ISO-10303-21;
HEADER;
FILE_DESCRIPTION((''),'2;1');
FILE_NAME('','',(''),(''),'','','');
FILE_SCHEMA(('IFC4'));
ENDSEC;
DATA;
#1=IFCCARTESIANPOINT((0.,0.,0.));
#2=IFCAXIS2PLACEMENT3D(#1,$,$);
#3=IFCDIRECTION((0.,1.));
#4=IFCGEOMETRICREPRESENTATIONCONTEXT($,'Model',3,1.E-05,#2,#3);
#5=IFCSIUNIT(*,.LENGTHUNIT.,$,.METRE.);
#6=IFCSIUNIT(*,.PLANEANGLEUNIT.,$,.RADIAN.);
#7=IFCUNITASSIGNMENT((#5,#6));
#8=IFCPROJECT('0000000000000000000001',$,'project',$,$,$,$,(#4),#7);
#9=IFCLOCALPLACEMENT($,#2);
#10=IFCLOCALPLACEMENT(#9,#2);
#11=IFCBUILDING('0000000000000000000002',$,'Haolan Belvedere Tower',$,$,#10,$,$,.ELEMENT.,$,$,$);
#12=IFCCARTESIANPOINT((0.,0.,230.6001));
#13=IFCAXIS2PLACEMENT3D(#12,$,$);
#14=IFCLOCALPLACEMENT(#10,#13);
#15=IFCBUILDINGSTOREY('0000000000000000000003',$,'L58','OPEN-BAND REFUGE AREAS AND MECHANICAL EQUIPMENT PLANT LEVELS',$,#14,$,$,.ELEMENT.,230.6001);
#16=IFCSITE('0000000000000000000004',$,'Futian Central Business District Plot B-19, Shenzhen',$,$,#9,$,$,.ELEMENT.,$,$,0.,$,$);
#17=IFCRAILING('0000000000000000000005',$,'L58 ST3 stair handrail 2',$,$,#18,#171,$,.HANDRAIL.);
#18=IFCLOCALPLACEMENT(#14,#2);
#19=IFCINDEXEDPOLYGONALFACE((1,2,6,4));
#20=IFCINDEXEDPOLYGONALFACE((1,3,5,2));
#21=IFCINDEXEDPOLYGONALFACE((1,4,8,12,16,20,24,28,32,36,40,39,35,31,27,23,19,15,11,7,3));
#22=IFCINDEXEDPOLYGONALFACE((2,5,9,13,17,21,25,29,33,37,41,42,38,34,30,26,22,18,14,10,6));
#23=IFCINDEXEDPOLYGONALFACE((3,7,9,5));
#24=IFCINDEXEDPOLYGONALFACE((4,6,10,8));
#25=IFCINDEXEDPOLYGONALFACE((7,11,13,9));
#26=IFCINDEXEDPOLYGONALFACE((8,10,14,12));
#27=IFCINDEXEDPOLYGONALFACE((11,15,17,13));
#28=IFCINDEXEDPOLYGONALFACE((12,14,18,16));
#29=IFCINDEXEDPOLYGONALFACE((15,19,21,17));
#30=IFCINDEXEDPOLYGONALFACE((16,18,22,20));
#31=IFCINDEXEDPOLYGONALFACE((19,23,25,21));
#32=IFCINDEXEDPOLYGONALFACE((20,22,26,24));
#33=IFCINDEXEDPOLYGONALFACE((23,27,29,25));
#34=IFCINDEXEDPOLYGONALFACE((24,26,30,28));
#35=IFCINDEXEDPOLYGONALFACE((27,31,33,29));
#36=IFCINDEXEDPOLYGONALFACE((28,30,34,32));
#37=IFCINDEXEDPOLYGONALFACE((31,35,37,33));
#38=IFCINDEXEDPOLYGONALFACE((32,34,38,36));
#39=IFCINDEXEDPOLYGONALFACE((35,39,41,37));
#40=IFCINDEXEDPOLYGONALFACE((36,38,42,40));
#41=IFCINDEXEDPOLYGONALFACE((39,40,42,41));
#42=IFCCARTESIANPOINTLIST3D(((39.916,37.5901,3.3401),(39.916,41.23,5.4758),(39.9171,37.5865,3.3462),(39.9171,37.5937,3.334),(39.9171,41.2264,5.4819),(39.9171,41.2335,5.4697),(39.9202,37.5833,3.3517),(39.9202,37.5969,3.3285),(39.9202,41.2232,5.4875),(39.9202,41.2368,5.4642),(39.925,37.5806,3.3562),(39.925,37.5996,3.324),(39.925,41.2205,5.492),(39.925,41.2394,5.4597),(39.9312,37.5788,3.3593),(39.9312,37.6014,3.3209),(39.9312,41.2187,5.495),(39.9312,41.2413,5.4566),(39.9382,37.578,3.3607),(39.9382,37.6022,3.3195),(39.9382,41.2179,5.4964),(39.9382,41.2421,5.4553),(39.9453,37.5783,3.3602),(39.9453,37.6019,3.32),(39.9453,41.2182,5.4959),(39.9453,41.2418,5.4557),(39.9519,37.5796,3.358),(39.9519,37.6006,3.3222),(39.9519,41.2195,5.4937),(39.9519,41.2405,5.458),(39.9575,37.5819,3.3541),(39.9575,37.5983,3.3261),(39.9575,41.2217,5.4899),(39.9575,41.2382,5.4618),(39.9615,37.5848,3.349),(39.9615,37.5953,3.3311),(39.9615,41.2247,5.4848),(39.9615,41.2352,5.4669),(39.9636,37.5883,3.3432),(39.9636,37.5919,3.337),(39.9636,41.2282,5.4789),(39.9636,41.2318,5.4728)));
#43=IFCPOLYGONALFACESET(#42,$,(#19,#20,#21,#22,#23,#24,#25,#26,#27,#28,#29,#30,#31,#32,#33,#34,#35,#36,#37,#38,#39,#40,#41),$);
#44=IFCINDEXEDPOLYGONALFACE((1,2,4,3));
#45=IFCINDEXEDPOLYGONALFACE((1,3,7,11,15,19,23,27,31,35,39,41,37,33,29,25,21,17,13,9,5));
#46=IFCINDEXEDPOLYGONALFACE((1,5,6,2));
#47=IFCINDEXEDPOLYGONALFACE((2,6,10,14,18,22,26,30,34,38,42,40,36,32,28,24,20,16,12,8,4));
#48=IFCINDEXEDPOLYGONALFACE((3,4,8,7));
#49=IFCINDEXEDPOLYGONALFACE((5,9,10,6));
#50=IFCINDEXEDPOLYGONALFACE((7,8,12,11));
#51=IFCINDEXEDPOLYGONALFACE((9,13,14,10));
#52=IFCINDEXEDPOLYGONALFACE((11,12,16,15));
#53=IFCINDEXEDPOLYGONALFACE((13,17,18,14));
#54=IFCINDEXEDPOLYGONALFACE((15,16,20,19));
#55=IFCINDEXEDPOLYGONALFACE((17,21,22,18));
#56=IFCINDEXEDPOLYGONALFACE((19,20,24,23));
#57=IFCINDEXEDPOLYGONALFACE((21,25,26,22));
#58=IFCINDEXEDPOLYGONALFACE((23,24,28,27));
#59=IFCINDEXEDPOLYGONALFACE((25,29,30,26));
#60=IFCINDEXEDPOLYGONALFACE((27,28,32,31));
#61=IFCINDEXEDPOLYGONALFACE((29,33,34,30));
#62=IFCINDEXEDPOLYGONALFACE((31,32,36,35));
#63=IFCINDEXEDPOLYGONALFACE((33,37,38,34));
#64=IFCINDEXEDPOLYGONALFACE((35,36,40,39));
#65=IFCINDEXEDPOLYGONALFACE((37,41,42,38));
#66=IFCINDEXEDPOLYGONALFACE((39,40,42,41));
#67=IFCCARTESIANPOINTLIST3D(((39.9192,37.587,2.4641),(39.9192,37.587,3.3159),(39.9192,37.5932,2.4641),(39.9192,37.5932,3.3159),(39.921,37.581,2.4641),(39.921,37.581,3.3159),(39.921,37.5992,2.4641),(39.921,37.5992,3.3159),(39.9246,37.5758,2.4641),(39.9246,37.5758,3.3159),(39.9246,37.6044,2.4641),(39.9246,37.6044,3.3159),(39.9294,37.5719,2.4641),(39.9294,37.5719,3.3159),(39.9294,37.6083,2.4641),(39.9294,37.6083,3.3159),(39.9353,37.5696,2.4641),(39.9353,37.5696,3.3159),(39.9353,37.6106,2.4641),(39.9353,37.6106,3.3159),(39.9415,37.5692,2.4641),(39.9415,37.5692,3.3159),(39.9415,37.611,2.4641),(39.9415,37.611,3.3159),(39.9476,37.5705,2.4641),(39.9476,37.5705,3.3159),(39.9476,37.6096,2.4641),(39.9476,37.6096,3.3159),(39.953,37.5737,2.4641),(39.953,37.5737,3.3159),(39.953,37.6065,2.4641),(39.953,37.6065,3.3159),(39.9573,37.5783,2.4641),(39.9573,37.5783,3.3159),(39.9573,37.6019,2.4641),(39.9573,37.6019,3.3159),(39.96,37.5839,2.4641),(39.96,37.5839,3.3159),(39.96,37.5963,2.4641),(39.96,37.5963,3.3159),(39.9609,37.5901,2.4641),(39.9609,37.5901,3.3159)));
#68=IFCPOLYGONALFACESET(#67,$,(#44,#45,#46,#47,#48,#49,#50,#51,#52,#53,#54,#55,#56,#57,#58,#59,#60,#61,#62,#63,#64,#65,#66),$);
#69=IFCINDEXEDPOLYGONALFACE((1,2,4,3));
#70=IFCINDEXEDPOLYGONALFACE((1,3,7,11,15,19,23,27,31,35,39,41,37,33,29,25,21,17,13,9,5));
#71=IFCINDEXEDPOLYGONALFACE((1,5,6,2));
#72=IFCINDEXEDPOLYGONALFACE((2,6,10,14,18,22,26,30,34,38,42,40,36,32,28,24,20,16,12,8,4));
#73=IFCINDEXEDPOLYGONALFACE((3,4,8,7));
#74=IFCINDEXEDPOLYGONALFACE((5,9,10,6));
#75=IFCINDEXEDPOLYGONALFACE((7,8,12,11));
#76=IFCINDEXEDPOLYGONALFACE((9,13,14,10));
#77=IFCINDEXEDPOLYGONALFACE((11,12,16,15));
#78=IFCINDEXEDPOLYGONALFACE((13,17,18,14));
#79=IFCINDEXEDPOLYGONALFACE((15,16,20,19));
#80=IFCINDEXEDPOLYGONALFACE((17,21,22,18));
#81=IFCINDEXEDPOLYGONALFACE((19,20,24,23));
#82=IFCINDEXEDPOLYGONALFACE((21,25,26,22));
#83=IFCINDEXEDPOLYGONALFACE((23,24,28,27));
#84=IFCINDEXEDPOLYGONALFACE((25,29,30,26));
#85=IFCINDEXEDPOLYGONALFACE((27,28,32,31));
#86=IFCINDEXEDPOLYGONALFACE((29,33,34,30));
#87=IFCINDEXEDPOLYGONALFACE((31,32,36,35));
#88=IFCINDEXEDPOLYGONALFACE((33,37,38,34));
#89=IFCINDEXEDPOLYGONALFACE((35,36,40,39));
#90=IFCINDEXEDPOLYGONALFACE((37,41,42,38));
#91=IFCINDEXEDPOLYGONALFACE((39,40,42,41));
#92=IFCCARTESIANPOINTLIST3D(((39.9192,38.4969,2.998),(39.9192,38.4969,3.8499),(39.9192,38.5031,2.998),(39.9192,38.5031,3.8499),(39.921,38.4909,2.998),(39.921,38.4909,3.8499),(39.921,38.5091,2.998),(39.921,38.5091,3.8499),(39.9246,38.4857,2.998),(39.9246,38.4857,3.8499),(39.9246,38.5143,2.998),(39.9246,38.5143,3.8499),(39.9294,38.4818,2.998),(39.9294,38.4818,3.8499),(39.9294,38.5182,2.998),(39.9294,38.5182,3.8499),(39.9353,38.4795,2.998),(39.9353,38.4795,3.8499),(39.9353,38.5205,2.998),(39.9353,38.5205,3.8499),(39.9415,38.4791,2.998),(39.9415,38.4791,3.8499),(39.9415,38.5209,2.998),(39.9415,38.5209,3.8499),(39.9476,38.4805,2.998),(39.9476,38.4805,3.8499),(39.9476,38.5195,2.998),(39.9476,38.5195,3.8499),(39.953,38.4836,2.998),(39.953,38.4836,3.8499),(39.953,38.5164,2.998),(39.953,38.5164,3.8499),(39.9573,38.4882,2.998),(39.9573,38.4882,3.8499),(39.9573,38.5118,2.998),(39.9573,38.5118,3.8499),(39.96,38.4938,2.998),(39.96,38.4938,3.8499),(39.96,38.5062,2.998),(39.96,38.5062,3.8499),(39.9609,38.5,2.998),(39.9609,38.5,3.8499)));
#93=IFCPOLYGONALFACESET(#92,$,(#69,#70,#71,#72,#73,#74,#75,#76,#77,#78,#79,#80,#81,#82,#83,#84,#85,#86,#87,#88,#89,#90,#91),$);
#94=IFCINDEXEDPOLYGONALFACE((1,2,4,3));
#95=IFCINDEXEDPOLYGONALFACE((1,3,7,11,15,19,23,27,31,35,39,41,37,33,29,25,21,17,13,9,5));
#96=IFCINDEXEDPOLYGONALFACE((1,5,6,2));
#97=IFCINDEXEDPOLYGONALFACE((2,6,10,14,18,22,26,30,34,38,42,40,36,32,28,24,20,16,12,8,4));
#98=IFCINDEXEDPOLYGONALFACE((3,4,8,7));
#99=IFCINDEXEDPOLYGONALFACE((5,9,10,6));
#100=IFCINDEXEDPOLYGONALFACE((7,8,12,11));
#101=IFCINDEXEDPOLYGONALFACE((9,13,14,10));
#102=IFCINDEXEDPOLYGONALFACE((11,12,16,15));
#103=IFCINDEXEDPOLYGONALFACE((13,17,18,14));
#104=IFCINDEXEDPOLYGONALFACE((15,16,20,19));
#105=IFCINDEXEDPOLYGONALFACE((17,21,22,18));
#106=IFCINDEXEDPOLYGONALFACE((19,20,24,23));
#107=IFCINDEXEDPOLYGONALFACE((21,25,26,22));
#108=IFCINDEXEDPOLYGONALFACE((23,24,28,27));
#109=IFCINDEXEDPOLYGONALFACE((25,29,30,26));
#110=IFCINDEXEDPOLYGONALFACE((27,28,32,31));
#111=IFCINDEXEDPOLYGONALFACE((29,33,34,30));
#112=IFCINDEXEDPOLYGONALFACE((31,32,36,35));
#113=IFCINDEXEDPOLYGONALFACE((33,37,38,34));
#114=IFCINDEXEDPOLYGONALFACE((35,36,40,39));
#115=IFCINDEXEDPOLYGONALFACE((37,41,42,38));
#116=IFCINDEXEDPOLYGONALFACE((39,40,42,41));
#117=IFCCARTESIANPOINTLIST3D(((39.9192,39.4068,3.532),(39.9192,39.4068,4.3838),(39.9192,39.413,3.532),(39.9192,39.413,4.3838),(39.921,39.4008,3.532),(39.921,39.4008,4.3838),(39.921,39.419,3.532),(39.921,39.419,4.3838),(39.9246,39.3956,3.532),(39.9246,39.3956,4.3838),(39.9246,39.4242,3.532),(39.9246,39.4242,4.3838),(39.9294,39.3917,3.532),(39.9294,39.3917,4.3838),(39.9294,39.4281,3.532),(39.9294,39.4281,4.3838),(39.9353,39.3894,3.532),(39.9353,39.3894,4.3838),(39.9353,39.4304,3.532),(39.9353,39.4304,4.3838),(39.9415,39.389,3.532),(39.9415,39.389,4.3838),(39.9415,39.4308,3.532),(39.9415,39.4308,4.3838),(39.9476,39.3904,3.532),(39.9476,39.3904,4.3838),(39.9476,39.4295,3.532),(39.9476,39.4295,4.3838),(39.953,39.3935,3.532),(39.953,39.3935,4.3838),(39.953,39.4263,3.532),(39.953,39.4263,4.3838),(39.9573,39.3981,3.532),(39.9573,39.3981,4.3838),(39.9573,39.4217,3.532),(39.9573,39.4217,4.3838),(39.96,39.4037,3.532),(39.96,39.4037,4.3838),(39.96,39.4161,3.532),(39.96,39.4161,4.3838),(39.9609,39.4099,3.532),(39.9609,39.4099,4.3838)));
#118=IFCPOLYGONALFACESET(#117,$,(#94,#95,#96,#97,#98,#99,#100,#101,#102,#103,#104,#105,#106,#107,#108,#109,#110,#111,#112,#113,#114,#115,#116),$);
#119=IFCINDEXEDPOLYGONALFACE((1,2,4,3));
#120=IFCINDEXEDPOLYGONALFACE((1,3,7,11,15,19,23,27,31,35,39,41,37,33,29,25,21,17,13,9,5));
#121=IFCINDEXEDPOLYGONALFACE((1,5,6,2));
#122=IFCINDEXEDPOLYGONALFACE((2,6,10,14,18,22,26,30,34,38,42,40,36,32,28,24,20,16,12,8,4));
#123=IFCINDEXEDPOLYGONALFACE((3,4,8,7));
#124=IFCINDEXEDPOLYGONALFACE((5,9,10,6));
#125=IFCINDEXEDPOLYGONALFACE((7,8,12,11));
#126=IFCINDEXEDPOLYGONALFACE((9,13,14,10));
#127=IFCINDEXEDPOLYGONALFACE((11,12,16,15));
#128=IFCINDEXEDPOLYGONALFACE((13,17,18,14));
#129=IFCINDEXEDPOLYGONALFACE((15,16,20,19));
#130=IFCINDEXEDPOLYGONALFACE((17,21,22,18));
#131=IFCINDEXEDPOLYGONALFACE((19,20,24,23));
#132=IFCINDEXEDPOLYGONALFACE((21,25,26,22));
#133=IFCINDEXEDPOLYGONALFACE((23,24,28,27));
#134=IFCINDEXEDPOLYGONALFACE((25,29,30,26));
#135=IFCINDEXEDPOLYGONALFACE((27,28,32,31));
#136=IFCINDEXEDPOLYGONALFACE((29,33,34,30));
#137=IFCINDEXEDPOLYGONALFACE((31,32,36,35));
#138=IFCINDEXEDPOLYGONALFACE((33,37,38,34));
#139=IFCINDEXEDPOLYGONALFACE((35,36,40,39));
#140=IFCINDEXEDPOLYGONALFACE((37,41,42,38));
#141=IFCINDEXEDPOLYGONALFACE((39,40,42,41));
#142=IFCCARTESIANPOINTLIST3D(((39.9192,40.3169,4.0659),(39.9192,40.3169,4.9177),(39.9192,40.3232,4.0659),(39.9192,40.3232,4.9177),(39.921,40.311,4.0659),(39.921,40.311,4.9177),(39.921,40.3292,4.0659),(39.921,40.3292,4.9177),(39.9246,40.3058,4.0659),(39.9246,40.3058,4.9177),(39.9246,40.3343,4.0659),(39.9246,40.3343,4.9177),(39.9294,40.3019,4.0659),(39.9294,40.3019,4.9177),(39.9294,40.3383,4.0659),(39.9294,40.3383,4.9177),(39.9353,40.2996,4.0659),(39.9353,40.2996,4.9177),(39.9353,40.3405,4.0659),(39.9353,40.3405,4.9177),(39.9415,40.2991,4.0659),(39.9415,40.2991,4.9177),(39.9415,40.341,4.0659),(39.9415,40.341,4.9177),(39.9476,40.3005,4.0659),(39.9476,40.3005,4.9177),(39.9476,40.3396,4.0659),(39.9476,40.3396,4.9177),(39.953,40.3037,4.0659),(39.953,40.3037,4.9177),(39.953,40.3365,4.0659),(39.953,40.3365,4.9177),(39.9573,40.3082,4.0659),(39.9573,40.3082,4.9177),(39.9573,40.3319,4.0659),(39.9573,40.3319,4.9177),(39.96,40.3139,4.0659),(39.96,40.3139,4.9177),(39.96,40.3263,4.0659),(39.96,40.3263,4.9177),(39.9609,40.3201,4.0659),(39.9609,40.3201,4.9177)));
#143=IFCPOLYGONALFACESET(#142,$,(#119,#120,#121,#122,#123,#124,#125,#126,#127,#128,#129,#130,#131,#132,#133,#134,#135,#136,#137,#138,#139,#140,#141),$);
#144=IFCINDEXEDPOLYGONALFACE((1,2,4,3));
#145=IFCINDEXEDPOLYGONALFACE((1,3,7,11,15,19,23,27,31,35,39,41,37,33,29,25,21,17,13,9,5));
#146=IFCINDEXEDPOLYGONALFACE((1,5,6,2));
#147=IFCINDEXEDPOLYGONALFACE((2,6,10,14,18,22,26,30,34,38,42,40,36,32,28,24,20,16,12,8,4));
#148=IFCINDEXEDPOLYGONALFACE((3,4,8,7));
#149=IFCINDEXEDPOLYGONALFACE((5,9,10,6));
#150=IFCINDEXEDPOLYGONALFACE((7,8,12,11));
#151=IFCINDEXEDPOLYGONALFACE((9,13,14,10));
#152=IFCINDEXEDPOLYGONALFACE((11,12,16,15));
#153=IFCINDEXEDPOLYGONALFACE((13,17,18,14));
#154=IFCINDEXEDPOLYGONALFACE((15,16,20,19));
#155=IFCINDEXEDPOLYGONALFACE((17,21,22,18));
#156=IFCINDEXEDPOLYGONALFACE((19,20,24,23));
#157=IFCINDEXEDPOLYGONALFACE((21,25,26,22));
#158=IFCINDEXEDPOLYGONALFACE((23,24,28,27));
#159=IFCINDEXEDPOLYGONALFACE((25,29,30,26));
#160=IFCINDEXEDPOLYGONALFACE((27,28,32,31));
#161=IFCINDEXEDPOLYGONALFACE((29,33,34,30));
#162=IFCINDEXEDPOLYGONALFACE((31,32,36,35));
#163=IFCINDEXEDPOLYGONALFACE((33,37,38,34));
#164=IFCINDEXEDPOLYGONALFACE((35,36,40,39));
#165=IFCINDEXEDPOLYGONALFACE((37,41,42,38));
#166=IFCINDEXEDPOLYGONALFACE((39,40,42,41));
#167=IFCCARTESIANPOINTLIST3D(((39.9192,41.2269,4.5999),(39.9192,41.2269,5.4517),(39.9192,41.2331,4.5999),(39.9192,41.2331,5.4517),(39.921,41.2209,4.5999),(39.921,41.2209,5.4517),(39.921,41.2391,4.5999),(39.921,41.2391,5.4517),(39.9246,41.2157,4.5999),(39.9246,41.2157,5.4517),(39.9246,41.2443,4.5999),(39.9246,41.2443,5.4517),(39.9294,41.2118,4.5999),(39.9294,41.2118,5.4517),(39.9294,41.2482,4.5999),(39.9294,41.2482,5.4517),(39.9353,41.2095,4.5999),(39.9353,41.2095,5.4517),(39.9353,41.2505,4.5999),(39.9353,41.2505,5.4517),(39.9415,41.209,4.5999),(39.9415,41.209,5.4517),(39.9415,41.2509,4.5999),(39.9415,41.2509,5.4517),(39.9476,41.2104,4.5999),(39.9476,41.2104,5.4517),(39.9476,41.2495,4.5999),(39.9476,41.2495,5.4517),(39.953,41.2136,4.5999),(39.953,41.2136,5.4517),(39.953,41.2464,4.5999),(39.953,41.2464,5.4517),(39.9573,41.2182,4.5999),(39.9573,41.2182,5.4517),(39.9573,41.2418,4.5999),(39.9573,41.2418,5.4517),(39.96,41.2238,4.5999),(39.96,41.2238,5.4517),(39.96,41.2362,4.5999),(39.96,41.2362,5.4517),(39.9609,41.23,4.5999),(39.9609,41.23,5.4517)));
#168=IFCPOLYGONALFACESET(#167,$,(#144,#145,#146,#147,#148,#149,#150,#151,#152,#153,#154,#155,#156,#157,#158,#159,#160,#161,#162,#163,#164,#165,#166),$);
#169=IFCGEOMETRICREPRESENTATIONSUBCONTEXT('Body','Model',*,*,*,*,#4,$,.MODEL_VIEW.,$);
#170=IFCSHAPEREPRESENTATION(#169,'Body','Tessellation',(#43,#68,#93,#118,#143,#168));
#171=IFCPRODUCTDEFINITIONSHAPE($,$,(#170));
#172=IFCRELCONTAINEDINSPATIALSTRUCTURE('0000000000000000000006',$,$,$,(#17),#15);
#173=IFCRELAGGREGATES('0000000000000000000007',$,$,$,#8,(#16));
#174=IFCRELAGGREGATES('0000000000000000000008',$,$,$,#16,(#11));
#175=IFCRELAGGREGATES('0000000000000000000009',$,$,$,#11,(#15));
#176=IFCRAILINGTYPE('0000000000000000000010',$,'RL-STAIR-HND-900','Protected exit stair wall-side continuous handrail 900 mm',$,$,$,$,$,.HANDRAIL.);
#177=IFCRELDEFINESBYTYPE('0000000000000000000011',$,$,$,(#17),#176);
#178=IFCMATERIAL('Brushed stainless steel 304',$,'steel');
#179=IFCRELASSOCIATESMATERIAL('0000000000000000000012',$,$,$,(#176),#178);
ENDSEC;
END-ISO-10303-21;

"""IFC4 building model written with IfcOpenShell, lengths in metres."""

from ifc_helpers import new_model, si_unit, direction, frame, origin, origin_2d, place, context, subcontext, project, spatial, circle, extrude, material, type_object, element, save


model = new_model("IFC4")

# Units and contexts
model_context = context("Model", 3, precision=1e-05, world=origin(), true_north=direction((0.0, 1.0)))
body_context = subcontext(model_context, "Body", "Model", "MODEL_VIEW")
ifc_project = project(units=[si_unit("LENGTHUNIT", "METRE"), si_unit("PLANEANGLEUNIT", "RADIAN")], contexts=[model_context])

# Site, building, storey
site_placement = place(None, origin())
site = spatial("IfcSite", under=ifc_project, at=site_placement, Name="Futian Central Business District Plot B-19, Shenzhen", CompositionType="ELEMENT", RefElevation=0.0)
building_placement = place(site_placement, origin())
building = spatial("IfcBuilding", under=site, at=building_placement, Name="Haolan Belvedere Tower", CompositionType="ELEMENT")
storey_placement = place(building_placement, frame((0.0, 0.0, 230.6001)))
storey = spatial("IfcBuildingStorey", under=building, at=storey_placement, Name="L58", Description="OPEN-BAND REFUGE AREAS AND MECHANICAL EQUIPMENT PLANT LEVELS", CompositionType="ELEMENT", Elevation=230.6001)

# Railing
ifc_material_1 = material(Name="Brushed stainless steel 304", Category="steel")
railing_type_1 = type_object("IfcRailingType", Name="RL-STAIR-HND-900", Description="Protected exit stair wall-side continuous handrail 900 mm", PredefinedType="HANDRAIL", material=ifc_material_1)
railing_1_placement = place(storey_placement, frame((39.9399, 37.5901, 2.4641)))
element("IfcRailing", 1, at=railing_1_placement, inside=storey, type_object=railing_type_1, Name="L58 ST3 stair handrail 2", PredefinedType="HANDRAIL", context=body_context, shape_type="SweptSolid", body=[
    extrude(circle(Radius=0.0239, at=origin_2d()), frame((0.0, 0.0, 0.876), z_axis=(0.0, 0.86249, 0.506074), x_axis=(-1.0, 0.0, 0.0)), (0.0, 0.0, 1.0), 4.2202),
    extrude(circle(Radius=0.021, at=origin_2d()), origin(), (0.0, 0.0, 1.0), 0.8518),
    extrude(circle(Radius=0.021, at=origin_2d()), frame((0.0, 0.9099, 0.5339)), (0.0, 0.0, 1.0), 0.8518),
    extrude(circle(Radius=0.021, at=origin_2d()), frame((0.0, 1.8198, 1.0679)), (0.0, 0.0, 1.0), 0.8518),
    extrude(circle(Radius=0.021, at=origin_2d()), frame((0.0, 2.73, 1.6018)), (0.0, 0.0, 1.0), 0.8518),
    extrude(circle(Radius=0.021, at=origin_2d()), frame((0.0, 3.6399, 2.1357)), (0.0, 0.0, 1.0), 0.8518),
])

save(model, "model.ifc")
